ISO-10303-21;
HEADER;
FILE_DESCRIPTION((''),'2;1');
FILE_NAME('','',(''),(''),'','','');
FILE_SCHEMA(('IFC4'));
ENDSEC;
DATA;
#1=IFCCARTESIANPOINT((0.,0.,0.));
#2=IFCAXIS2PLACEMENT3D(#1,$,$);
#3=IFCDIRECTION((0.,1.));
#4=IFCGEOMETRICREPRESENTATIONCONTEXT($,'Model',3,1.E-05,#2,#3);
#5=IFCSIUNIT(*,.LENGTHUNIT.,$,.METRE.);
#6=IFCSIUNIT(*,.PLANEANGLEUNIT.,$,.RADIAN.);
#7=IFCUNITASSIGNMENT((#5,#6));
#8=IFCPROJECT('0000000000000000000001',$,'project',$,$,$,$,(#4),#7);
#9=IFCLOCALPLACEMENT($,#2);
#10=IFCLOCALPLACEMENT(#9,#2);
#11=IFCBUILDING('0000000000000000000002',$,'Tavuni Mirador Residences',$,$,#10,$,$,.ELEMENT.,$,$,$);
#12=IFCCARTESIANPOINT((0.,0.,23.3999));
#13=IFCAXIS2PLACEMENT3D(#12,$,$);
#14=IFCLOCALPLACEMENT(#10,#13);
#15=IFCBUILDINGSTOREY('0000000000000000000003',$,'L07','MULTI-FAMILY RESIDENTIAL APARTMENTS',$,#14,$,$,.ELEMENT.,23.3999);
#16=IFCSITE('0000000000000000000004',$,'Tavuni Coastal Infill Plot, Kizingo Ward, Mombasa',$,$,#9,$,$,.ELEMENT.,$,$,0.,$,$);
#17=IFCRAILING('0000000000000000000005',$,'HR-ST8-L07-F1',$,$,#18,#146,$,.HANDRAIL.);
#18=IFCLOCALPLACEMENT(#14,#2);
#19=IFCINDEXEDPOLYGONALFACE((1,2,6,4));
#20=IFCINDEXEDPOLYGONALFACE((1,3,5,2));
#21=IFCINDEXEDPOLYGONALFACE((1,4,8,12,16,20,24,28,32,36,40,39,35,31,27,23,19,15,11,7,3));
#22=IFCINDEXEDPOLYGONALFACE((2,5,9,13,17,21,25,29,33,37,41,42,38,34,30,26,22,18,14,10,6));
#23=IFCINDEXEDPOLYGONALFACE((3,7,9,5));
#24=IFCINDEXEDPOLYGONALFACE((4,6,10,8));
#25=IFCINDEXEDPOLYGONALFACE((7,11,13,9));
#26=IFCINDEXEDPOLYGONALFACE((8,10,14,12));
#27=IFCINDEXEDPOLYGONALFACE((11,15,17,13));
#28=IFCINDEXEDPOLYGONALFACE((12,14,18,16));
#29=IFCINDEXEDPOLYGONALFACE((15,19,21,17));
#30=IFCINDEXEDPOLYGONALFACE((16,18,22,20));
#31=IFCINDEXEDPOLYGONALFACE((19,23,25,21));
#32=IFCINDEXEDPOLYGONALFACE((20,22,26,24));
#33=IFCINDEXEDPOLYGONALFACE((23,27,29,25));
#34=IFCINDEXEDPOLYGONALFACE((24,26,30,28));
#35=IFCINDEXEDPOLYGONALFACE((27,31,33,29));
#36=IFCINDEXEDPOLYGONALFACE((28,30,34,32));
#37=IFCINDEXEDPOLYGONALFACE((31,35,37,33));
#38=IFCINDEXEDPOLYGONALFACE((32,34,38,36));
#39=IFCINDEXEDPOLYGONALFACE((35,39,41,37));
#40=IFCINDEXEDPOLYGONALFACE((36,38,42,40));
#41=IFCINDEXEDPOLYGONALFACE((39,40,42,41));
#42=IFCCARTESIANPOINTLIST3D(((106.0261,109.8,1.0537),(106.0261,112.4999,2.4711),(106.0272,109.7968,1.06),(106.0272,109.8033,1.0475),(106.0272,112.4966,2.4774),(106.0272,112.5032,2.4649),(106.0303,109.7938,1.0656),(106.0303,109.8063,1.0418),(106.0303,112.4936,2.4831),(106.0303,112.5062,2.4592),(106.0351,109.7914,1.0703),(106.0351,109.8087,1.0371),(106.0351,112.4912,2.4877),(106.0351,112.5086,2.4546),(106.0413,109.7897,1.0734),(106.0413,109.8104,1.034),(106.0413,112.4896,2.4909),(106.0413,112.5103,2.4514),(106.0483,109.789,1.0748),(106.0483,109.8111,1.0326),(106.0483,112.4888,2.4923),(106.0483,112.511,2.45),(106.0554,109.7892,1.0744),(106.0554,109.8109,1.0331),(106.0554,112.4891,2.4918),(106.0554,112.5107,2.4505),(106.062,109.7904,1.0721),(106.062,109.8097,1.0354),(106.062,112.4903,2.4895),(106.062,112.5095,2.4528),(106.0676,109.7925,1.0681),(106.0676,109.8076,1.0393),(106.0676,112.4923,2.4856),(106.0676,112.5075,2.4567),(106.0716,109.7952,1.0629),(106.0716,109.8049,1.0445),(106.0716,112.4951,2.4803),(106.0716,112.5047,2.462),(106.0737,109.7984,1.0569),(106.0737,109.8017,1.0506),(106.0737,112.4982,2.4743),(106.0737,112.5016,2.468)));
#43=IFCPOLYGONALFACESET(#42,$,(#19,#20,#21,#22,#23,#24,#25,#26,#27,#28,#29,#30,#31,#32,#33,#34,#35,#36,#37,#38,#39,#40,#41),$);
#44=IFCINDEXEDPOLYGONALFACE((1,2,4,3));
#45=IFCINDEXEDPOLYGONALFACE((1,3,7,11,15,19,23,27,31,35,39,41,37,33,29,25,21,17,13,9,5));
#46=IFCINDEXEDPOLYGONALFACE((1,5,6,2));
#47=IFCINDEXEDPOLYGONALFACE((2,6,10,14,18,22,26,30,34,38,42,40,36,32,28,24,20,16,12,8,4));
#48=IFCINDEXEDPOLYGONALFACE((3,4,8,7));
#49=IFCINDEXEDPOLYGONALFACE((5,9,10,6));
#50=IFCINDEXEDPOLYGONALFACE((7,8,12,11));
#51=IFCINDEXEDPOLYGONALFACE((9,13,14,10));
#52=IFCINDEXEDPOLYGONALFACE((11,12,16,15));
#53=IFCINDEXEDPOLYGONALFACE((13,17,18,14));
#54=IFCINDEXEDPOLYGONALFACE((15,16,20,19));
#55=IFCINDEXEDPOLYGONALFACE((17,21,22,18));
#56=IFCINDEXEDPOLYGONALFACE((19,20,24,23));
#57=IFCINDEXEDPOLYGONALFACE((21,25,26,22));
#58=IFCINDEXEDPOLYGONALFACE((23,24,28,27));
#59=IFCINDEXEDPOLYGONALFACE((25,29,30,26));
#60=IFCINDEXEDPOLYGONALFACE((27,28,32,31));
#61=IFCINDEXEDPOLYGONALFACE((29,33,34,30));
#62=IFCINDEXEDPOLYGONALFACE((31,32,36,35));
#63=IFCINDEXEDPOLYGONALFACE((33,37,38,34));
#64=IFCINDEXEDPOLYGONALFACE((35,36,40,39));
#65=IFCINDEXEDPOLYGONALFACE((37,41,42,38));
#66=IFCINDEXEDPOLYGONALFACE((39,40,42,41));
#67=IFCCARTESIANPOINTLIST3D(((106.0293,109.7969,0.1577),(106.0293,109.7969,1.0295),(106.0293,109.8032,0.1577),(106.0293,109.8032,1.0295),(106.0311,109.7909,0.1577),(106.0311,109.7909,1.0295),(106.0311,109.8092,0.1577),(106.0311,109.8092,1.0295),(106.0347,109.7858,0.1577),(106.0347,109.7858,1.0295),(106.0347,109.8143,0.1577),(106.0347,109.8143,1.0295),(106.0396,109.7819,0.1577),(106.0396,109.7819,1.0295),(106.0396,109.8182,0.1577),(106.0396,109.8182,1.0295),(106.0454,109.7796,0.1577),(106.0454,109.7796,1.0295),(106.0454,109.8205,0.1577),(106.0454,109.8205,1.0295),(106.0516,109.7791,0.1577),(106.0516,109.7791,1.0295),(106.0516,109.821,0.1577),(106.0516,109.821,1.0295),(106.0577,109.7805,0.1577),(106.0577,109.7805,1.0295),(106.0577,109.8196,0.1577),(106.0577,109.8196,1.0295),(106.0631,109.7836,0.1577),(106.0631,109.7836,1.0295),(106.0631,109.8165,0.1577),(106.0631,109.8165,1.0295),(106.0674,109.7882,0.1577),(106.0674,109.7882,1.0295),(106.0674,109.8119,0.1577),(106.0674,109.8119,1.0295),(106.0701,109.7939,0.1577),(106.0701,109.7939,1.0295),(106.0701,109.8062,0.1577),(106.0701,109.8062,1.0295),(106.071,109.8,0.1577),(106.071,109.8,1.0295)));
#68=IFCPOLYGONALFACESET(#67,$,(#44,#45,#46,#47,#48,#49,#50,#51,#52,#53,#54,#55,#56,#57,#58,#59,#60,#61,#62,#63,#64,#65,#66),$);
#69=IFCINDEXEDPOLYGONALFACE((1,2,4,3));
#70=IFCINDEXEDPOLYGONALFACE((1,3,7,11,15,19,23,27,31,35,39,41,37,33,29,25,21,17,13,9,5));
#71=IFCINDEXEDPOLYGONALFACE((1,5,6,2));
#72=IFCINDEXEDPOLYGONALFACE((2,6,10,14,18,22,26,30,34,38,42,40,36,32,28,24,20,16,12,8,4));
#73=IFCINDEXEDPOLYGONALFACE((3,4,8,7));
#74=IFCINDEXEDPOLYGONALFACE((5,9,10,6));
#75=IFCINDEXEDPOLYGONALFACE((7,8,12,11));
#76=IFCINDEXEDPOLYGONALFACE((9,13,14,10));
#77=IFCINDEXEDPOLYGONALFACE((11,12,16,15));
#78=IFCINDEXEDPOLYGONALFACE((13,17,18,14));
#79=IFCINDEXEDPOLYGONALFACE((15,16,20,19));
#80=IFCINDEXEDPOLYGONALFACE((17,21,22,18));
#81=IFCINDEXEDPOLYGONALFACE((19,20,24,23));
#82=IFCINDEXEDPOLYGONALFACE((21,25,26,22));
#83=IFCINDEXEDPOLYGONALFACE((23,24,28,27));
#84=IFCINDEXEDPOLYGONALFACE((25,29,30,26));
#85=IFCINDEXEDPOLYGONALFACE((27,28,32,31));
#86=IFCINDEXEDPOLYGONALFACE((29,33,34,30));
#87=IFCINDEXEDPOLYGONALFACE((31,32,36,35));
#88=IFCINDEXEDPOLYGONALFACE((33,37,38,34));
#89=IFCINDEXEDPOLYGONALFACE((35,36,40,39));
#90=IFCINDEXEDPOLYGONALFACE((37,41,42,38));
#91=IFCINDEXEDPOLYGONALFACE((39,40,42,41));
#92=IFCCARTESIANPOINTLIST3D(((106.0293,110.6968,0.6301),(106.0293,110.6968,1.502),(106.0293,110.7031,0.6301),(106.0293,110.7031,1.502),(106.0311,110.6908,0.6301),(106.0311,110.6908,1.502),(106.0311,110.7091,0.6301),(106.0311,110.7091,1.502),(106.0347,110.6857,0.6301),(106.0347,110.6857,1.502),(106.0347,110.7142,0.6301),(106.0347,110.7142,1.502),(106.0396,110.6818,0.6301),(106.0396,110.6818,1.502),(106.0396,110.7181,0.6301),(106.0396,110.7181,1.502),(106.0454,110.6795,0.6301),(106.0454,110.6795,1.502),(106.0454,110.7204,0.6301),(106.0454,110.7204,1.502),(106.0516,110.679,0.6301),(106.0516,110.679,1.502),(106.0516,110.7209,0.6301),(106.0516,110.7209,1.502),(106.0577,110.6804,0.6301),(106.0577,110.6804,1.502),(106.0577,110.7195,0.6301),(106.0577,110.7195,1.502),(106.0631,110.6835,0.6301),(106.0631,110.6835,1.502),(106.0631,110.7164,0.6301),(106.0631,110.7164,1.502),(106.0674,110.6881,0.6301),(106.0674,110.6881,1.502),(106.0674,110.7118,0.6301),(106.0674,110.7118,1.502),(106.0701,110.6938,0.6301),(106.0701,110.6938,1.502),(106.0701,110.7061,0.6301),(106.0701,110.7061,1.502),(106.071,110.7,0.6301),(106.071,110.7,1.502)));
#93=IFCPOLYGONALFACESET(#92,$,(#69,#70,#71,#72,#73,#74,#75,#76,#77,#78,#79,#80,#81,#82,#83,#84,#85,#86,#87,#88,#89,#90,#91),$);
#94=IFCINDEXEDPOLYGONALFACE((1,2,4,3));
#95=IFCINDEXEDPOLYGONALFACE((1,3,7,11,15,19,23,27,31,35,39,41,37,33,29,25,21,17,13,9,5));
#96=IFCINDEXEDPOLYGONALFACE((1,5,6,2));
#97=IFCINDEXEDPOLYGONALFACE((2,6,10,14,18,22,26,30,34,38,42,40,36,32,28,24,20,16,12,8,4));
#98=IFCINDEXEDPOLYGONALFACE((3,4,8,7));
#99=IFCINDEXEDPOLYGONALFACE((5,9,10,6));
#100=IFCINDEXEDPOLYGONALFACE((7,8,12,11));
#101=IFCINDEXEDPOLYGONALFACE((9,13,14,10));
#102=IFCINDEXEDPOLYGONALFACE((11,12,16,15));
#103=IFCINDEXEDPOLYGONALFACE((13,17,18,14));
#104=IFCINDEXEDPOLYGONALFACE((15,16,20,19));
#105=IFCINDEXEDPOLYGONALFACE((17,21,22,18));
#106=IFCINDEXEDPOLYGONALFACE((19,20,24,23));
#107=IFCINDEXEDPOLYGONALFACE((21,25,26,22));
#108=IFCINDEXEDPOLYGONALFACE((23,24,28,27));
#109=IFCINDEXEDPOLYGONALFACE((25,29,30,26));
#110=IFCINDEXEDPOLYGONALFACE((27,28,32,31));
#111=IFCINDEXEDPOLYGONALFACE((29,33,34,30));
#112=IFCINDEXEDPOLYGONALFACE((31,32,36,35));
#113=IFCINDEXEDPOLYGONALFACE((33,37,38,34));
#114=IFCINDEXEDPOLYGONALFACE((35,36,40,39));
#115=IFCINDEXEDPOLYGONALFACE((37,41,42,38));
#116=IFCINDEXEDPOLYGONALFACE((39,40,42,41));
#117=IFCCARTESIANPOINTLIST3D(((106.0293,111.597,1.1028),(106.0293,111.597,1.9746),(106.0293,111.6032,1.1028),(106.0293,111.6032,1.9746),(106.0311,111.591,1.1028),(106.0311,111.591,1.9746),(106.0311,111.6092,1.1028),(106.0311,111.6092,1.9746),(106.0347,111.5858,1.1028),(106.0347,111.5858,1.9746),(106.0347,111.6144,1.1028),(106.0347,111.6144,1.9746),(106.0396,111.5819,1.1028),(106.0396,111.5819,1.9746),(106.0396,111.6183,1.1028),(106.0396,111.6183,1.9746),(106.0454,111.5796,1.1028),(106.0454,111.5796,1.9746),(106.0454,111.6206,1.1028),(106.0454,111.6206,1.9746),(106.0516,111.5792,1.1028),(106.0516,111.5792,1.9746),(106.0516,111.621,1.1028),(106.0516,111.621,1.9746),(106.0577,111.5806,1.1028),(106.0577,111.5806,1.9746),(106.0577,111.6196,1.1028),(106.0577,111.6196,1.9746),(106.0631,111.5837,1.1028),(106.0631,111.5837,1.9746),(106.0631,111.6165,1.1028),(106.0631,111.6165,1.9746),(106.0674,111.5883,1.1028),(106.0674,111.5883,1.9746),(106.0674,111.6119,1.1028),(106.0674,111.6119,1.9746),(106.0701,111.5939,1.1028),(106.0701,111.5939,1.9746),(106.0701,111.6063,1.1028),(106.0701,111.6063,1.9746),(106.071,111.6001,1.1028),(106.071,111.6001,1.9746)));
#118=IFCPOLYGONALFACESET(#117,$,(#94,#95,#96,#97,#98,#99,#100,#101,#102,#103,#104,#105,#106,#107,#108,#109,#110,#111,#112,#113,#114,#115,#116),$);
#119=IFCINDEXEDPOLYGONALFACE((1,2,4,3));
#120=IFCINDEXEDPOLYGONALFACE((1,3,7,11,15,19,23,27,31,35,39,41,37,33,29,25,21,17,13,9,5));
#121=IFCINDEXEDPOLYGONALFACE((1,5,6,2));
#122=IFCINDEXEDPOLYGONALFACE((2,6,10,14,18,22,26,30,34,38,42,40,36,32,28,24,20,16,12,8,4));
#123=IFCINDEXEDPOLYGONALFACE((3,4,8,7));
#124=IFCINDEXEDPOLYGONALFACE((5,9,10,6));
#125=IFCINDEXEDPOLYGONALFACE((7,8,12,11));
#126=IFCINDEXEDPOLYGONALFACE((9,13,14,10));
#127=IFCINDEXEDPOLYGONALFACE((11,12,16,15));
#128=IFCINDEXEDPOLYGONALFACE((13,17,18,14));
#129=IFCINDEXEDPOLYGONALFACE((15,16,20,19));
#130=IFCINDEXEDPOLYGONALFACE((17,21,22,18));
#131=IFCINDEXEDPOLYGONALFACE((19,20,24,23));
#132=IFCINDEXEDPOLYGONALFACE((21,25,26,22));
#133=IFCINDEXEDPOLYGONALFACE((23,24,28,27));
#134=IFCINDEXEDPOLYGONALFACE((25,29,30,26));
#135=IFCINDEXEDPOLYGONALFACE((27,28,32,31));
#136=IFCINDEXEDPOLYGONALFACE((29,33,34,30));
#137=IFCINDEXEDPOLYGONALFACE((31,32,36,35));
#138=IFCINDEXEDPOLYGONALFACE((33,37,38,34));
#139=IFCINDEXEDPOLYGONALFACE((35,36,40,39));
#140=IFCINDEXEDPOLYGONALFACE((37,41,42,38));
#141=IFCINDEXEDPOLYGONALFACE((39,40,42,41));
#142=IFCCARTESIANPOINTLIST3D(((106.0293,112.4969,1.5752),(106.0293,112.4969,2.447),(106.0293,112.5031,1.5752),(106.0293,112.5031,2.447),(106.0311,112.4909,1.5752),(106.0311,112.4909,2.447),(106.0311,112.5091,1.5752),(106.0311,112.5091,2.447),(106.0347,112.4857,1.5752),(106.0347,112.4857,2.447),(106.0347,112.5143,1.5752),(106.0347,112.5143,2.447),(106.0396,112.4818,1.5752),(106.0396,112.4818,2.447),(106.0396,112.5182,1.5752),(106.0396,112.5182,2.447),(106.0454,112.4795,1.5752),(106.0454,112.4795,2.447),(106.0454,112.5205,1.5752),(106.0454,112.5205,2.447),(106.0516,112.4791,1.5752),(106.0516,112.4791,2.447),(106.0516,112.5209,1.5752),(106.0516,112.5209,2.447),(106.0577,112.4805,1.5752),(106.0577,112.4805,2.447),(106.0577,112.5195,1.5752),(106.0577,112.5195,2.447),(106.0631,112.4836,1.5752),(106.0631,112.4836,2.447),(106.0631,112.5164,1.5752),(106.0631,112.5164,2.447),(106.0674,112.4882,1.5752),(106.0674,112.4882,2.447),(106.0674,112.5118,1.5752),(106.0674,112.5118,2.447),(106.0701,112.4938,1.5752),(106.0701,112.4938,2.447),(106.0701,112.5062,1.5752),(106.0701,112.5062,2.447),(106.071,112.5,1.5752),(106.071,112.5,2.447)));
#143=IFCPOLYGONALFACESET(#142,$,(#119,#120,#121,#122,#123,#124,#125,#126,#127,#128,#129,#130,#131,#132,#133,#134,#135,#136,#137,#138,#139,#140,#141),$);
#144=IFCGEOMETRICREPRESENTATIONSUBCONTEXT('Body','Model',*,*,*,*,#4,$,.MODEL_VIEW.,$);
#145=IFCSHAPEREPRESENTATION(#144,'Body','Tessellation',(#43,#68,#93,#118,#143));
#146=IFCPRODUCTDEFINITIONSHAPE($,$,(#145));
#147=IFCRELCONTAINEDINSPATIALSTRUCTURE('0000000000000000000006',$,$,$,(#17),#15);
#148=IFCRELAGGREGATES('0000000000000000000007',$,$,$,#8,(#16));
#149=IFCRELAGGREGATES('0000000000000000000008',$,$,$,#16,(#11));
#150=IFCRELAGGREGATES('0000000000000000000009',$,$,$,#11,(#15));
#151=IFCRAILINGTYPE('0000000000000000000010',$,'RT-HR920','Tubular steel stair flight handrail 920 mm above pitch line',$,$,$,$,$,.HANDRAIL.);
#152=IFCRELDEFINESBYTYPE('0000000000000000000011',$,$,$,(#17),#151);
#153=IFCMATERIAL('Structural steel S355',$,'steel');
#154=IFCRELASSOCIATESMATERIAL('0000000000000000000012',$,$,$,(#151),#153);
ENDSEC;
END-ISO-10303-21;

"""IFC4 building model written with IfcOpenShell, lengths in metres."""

from ifc_helpers import new_model, si_unit, direction, frame, origin, origin_2d, place, context, subcontext, project, spatial, circle, extrude, material, type_object, element, save


model = new_model("IFC4")

# Units and contexts
model_context = context("Model", 3, precision=1e-05, world=origin(), true_north=direction((0.0, 1.0)))
body_context = subcontext(model_context, "Body", "Model", "MODEL_VIEW")
ifc_project = project(units=[si_unit("LENGTHUNIT", "METRE"), si_unit("PLANEANGLEUNIT", "RADIAN")], contexts=[model_context])

# Site, building, storey
site_placement = place(None, origin())
site = spatial("IfcSite", under=ifc_project, at=site_placement, Name="Tavuni Coastal Infill Plot, Kizingo Ward, Mombasa", CompositionType="ELEMENT", RefElevation=0.0)
building_placement = place(site_placement, origin())
building = spatial("IfcBuilding", under=site, at=building_placement, Name="Tavuni Mirador Residences", CompositionType="ELEMENT")
storey_placement = place(building_placement, frame((0.0, 0.0, 23.3999)))
storey = spatial("IfcBuildingStorey", under=building, at=storey_placement, Name="L07", Description="MULTI-FAMILY RESIDENTIAL APARTMENTS", CompositionType="ELEMENT", Elevation=23.3999)

# Shared definitions
ifc_material_1 = material(Name="Structural steel S355", Category="steel")

# Railing
railing_type_1 = type_object("IfcRailingType", Name="RT-HR920", Description="Tubular steel stair flight handrail 920 mm above pitch line", PredefinedType="HANDRAIL", material=ifc_material_1)
railing_1_placement = place(storey_placement, frame((106.05, 109.8, 0.1577)))
element("IfcRailing", 1, at=railing_1_placement, inside=storey, type_object=railing_type_1, Name="HR-ST8-L07-F1", PredefinedType="HANDRAIL", context=body_context, shape_type="SweptSolid", body=[
    extrude(circle(Radius=0.0239, at=origin_2d()), frame((0.0, 0.0, 0.896), z_axis=(0.0, 0.885397, 0.464835), x_axis=(-1.0, 0.0, 0.0)), (0.0, 0.0, 1.0), 3.0493),
    extrude(circle(Radius=0.021, at=origin_2d()), origin(), (0.0, 0.0, 1.0), 0.8718),
    extrude(circle(Radius=0.021, at=origin_2d()), frame((0.0, 0.8999, 0.4724)), (0.0, 0.0, 1.0), 0.8718),
    extrude(circle(Radius=0.021, at=origin_2d()), frame((0.0, 1.8, 0.9451)), (0.0, 0.0, 1.0), 0.8718),
    extrude(circle(Radius=0.021, at=origin_2d()), frame((0.0, 2.7, 1.4175)), (0.0, 0.0, 1.0), 0.8718),
])

save(model, "model.ifc")
